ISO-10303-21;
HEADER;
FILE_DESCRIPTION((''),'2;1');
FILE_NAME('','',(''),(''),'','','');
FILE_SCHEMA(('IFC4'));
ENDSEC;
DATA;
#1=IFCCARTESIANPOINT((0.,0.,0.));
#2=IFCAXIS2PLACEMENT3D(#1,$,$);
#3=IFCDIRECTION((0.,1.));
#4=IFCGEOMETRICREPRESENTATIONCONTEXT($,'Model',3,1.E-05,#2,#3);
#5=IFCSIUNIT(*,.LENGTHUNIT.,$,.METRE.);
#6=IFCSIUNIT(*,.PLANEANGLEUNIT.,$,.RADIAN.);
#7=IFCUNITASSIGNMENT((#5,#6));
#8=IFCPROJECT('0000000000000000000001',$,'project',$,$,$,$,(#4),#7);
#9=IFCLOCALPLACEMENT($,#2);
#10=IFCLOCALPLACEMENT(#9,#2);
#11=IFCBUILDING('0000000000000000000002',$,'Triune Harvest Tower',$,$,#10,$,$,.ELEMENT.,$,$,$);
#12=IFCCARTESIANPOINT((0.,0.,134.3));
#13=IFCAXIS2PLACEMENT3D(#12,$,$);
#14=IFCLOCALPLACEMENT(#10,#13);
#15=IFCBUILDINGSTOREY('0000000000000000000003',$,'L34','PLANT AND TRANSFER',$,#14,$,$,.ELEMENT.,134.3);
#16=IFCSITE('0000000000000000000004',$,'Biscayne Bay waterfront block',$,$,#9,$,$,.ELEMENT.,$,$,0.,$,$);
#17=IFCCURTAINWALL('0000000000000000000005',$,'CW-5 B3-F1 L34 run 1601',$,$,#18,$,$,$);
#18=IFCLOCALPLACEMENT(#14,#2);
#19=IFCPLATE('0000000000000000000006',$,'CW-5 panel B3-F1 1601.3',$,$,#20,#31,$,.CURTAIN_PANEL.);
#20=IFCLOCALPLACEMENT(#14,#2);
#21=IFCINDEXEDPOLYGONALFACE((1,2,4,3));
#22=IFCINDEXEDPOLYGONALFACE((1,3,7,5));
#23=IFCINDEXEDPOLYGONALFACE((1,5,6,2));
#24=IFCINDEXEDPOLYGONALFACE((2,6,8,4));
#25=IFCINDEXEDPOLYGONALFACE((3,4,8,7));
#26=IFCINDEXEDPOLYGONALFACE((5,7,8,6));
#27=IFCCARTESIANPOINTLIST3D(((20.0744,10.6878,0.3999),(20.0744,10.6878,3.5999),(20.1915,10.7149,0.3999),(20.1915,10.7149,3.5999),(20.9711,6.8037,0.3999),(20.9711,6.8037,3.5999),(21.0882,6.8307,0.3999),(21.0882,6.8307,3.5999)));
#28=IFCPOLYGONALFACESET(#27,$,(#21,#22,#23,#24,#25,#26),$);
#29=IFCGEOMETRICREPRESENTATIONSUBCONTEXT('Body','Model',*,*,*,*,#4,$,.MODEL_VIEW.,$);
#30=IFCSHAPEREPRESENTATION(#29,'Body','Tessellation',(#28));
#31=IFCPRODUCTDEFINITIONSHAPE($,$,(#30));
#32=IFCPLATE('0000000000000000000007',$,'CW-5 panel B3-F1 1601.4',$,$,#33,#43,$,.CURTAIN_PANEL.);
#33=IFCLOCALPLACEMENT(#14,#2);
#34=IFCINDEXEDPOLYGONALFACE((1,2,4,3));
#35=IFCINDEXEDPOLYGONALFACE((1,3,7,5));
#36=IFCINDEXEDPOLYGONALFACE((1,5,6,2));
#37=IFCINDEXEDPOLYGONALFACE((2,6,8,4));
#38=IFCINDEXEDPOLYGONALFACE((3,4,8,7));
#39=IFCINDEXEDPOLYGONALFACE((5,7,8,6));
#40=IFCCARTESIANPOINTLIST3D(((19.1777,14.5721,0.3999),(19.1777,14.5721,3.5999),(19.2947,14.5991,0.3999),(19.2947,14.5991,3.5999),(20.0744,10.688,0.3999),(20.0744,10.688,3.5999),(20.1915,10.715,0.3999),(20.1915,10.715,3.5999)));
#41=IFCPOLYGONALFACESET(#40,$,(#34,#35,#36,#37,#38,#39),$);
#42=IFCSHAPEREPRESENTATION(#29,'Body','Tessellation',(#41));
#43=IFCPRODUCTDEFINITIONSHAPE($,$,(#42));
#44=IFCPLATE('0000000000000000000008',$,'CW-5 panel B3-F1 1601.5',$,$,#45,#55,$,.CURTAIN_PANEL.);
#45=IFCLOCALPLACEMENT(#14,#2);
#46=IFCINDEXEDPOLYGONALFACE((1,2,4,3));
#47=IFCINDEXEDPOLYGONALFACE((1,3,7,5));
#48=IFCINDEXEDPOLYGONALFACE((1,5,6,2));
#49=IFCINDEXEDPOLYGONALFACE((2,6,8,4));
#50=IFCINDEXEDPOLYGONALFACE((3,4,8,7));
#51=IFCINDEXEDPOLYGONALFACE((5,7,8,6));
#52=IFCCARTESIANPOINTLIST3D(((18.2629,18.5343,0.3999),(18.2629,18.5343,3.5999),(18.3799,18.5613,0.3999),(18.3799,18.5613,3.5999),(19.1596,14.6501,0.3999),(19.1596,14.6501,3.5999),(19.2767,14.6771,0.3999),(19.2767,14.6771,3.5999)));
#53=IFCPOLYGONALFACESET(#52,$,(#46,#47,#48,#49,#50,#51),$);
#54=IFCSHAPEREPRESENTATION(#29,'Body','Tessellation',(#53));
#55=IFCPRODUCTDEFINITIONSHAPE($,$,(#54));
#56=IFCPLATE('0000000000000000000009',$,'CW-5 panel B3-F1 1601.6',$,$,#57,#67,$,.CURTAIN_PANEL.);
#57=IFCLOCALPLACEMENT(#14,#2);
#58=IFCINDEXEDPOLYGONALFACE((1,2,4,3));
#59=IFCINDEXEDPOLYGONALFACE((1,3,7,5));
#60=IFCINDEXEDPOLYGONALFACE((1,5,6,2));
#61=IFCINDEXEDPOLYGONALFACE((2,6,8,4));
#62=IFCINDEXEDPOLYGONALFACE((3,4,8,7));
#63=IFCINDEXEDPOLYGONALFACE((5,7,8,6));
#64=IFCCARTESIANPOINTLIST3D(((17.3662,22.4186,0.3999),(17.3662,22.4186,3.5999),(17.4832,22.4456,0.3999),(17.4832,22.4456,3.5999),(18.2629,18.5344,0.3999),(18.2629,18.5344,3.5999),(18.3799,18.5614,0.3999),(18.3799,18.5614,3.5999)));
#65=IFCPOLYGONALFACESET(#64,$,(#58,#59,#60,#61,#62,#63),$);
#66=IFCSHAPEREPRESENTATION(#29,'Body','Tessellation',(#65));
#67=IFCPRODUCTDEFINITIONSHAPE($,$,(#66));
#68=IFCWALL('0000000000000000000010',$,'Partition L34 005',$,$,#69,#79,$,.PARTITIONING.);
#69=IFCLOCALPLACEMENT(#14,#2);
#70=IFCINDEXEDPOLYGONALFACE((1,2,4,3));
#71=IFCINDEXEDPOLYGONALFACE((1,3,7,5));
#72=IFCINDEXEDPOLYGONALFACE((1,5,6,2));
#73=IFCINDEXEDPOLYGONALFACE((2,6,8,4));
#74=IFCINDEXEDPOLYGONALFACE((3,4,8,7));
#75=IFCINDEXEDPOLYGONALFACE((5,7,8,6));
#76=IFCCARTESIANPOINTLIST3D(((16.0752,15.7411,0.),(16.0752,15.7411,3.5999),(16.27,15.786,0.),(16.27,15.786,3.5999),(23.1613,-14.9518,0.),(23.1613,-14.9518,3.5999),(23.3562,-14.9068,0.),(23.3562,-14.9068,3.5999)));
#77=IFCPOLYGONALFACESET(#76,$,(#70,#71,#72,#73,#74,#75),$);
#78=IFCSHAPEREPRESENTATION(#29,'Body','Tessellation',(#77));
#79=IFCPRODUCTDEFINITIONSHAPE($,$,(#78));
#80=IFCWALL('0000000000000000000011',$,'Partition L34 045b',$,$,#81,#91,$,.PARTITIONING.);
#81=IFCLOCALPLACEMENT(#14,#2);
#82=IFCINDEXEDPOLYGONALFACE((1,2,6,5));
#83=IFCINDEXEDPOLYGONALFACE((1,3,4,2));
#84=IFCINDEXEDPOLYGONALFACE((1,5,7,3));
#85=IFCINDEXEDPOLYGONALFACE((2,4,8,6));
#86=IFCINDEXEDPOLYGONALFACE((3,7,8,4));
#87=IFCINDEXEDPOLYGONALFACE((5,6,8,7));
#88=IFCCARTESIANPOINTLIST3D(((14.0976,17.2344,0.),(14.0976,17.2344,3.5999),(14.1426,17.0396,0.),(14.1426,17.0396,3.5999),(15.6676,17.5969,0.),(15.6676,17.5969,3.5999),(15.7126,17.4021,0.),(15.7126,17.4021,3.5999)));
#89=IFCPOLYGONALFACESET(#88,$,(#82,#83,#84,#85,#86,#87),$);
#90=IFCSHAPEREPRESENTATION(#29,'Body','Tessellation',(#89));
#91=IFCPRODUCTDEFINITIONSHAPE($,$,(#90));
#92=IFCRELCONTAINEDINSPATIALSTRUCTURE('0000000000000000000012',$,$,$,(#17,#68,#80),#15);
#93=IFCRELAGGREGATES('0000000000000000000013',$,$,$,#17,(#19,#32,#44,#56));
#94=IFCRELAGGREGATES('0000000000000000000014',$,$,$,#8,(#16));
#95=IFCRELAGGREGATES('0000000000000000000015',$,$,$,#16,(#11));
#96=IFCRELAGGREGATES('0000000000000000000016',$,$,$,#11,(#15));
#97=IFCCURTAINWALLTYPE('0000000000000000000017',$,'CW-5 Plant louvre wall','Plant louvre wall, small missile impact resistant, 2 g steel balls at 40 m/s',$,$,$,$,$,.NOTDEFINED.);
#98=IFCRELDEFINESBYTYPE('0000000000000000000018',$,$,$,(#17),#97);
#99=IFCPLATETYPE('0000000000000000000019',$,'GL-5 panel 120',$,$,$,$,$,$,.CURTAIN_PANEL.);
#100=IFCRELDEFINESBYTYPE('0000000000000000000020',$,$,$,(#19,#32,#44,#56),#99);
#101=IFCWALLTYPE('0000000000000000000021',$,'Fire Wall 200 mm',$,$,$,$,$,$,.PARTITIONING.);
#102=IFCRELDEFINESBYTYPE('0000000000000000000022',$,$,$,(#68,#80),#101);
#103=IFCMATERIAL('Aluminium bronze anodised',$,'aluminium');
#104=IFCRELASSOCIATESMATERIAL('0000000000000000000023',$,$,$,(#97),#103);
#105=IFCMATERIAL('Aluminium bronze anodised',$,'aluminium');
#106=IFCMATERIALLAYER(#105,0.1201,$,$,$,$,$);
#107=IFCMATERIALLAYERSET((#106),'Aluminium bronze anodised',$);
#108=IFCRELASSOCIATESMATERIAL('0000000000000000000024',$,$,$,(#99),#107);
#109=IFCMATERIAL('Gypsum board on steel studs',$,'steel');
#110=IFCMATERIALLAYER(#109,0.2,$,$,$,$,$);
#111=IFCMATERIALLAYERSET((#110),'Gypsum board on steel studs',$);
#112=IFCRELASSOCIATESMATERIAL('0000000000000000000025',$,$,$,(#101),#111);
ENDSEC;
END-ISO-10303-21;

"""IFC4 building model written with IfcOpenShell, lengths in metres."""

from ifc_helpers import new_model, si_unit, direction, frame, frame_2d, origin, origin_2d, place, context, subcontext, project, spatial, rectangle, extrude, source, transform, mapped, material, layer, layer_set, type_object, element, aggregate, save


model = new_model("IFC4")

# Units and contexts
model_context = context("Model", 3, precision=1e-05, world=origin(), true_north=direction((0.0, 1.0)))
body_context = subcontext(model_context, "Body", "Model", "MODEL_VIEW")
ifc_project = project(units=[si_unit("LENGTHUNIT", "METRE"), si_unit("PLANEANGLEUNIT", "RADIAN")], contexts=[model_context])

# Site, building, storey
site_placement = place(None, origin())
site = spatial("IfcSite", under=ifc_project, at=site_placement, Name="Biscayne Bay waterfront block", CompositionType="ELEMENT", RefElevation=0.0)
building_placement = place(site_placement, origin())
building = spatial("IfcBuilding", under=site, at=building_placement, Name="Triune Harvest Tower", CompositionType="ELEMENT")
storey_placement = place(building_placement, frame((0.0, 0.0, 134.3)))
storey = spatial("IfcBuildingStorey", under=building, at=storey_placement, Name="L34", Description="PLANT AND TRANSFER", CompositionType="ELEMENT", Elevation=134.3)

# Curtain wall, plates
ifc_material_1 = material(Name="Aluminium bronze anodised", Category="aluminium")
curtain_wall_type = type_object("IfcCurtainWallType", Name="CW-5 Plant louvre wall", Description="Plant louvre wall, small missile impact resistant, 2 g steel balls at 40 m/s", PredefinedType="NOTDEFINED", material=ifc_material_1)
curtain_wall_placement = place(storey_placement, origin())
curtain_wall = element("IfcCurtainWall", 1, at=curtain_wall_placement, inside=storey, type_object=curtain_wall_type, Name="CW-5 B3-F1 L34 run 1601")
ifc_material_2 = material(Name="Aluminium bronze anodised", Category="aluminium")
ifc_layer_1 = layer(ifc_material_2, 0.1201)
ifc_layer_set_1 = layer_set([ifc_layer_1], Name="Aluminium bronze anodised")
plate_type = type_object("IfcPlateType", Name="GL-5 panel 120", PredefinedType="CURTAIN_PANEL", material=ifc_layer_set_1)
shared_shape_1 = source(origin(), body_context, "Body", "SweptSolid", [
    extrude(rectangle(XDim=3.9863, YDim=0.1201, at=origin_2d()), origin(), (0.0, 0.0, 1.0), 3.2),
])
plate_1_placement = place(storey_placement, frame((20.5813, 8.7593, 0.3999), z_axis=(0.0, 0.0, 1.0), x_axis=(-0.224951, 0.97437, 0.0)))
plate_1 = element("IfcPlate", 2, at=plate_1_placement, type_object=plate_type, Name="CW-5 panel B3-F1 1601.3", PredefinedType="CURTAIN_PANEL", context=body_context, shape_type="MappedRepresentation", body=[
    mapped(shared_shape_1, transform((0.0, 0.0, 0.0), scale=1.0)),
])
plate_2_placement = place(storey_placement, frame((19.6846, 12.6436, 0.3999), z_axis=(0.0, 0.0, 1.0), x_axis=(-0.224951, 0.97437, 0.0)))
plate_2 = element("IfcPlate", 3, at=plate_2_placement, type_object=plate_type, Name="CW-5 panel B3-F1 1601.4", PredefinedType="CURTAIN_PANEL", context=body_context, shape_type="MappedRepresentation", body=[
    mapped(shared_shape_1, transform((0.0, 0.0, 0.0), scale=1.0)),
])
plate_3_placement = place(storey_placement, frame((18.7698, 16.6057, 0.3999), z_axis=(0.0, 0.0, 1.0), x_axis=(-0.224951, 0.97437, 0.0)))
plate_3 = element("IfcPlate", 4, at=plate_3_placement, type_object=plate_type, Name="CW-5 panel B3-F1 1601.5", PredefinedType="CURTAIN_PANEL", context=body_context, shape_type="MappedRepresentation", body=[
    mapped(shared_shape_1, transform((0.0, 0.0, 0.0), scale=1.0)),
])
plate_4_placement = place(storey_placement, frame((17.873, 20.49, 0.3999), z_axis=(0.0, 0.0, 1.0), x_axis=(-0.224951, 0.97437, 0.0)))
plate_4 = element("IfcPlate", 5, at=plate_4_placement, type_object=plate_type, Name="CW-5 panel B3-F1 1601.6", PredefinedType="CURTAIN_PANEL", context=body_context, shape_type="MappedRepresentation", body=[
    mapped(shared_shape_1, transform((0.0, 0.0, 0.0), scale=1.0)),
])
aggregate(curtain_wall, [plate_1, plate_2, plate_3, plate_4])

# Walls
ifc_material_3 = material(Name="Gypsum board on steel studs", Category="steel")
ifc_layer_2 = layer(ifc_material_3, 0.2)
ifc_layer_set_2 = layer_set([ifc_layer_2], Name="Gypsum board on steel studs")
wall_type = type_object("IfcWallType", Name="Fire Wall 200 mm", PredefinedType="PARTITIONING", material=ifc_layer_set_2)
wall_1_placement = place(storey_placement, frame((16.1726, 15.7634, 0.0), z_axis=(0.0, 0.0, 1.0), x_axis=(0.224956, -0.974369, 0.0)))
element("IfcWall", 6, at=wall_1_placement, inside=storey, type_object=wall_type, Name="Partition L34 005", PredefinedType="PARTITIONING", context=body_context, shape_type="SweptSolid", body=[
    extrude(rectangle(XDim=31.5002, YDim=0.2, at=frame_2d((15.75, 0.0))), origin(), (0.0, 0.0, 1.0), 3.5999),
])
wall_2_placement = place(storey_placement, frame((14.1201, 17.137, 0.0), z_axis=(0.0, 0.0, 1.0), x_axis=(0.974361, 0.224992, 0.0)))
element("IfcWall", 7, at=wall_2_placement, inside=storey, type_object=wall_type, Name="Partition L34 045b", PredefinedType="PARTITIONING", context=body_context, shape_type="SweptSolid", body=[
    extrude(rectangle(XDim=1.6113, YDim=0.2, at=frame_2d((0.8057, 0.0))), origin(), (0.0, 0.0, 1.0), 3.5999),
])

save(model, "model.ifc")
